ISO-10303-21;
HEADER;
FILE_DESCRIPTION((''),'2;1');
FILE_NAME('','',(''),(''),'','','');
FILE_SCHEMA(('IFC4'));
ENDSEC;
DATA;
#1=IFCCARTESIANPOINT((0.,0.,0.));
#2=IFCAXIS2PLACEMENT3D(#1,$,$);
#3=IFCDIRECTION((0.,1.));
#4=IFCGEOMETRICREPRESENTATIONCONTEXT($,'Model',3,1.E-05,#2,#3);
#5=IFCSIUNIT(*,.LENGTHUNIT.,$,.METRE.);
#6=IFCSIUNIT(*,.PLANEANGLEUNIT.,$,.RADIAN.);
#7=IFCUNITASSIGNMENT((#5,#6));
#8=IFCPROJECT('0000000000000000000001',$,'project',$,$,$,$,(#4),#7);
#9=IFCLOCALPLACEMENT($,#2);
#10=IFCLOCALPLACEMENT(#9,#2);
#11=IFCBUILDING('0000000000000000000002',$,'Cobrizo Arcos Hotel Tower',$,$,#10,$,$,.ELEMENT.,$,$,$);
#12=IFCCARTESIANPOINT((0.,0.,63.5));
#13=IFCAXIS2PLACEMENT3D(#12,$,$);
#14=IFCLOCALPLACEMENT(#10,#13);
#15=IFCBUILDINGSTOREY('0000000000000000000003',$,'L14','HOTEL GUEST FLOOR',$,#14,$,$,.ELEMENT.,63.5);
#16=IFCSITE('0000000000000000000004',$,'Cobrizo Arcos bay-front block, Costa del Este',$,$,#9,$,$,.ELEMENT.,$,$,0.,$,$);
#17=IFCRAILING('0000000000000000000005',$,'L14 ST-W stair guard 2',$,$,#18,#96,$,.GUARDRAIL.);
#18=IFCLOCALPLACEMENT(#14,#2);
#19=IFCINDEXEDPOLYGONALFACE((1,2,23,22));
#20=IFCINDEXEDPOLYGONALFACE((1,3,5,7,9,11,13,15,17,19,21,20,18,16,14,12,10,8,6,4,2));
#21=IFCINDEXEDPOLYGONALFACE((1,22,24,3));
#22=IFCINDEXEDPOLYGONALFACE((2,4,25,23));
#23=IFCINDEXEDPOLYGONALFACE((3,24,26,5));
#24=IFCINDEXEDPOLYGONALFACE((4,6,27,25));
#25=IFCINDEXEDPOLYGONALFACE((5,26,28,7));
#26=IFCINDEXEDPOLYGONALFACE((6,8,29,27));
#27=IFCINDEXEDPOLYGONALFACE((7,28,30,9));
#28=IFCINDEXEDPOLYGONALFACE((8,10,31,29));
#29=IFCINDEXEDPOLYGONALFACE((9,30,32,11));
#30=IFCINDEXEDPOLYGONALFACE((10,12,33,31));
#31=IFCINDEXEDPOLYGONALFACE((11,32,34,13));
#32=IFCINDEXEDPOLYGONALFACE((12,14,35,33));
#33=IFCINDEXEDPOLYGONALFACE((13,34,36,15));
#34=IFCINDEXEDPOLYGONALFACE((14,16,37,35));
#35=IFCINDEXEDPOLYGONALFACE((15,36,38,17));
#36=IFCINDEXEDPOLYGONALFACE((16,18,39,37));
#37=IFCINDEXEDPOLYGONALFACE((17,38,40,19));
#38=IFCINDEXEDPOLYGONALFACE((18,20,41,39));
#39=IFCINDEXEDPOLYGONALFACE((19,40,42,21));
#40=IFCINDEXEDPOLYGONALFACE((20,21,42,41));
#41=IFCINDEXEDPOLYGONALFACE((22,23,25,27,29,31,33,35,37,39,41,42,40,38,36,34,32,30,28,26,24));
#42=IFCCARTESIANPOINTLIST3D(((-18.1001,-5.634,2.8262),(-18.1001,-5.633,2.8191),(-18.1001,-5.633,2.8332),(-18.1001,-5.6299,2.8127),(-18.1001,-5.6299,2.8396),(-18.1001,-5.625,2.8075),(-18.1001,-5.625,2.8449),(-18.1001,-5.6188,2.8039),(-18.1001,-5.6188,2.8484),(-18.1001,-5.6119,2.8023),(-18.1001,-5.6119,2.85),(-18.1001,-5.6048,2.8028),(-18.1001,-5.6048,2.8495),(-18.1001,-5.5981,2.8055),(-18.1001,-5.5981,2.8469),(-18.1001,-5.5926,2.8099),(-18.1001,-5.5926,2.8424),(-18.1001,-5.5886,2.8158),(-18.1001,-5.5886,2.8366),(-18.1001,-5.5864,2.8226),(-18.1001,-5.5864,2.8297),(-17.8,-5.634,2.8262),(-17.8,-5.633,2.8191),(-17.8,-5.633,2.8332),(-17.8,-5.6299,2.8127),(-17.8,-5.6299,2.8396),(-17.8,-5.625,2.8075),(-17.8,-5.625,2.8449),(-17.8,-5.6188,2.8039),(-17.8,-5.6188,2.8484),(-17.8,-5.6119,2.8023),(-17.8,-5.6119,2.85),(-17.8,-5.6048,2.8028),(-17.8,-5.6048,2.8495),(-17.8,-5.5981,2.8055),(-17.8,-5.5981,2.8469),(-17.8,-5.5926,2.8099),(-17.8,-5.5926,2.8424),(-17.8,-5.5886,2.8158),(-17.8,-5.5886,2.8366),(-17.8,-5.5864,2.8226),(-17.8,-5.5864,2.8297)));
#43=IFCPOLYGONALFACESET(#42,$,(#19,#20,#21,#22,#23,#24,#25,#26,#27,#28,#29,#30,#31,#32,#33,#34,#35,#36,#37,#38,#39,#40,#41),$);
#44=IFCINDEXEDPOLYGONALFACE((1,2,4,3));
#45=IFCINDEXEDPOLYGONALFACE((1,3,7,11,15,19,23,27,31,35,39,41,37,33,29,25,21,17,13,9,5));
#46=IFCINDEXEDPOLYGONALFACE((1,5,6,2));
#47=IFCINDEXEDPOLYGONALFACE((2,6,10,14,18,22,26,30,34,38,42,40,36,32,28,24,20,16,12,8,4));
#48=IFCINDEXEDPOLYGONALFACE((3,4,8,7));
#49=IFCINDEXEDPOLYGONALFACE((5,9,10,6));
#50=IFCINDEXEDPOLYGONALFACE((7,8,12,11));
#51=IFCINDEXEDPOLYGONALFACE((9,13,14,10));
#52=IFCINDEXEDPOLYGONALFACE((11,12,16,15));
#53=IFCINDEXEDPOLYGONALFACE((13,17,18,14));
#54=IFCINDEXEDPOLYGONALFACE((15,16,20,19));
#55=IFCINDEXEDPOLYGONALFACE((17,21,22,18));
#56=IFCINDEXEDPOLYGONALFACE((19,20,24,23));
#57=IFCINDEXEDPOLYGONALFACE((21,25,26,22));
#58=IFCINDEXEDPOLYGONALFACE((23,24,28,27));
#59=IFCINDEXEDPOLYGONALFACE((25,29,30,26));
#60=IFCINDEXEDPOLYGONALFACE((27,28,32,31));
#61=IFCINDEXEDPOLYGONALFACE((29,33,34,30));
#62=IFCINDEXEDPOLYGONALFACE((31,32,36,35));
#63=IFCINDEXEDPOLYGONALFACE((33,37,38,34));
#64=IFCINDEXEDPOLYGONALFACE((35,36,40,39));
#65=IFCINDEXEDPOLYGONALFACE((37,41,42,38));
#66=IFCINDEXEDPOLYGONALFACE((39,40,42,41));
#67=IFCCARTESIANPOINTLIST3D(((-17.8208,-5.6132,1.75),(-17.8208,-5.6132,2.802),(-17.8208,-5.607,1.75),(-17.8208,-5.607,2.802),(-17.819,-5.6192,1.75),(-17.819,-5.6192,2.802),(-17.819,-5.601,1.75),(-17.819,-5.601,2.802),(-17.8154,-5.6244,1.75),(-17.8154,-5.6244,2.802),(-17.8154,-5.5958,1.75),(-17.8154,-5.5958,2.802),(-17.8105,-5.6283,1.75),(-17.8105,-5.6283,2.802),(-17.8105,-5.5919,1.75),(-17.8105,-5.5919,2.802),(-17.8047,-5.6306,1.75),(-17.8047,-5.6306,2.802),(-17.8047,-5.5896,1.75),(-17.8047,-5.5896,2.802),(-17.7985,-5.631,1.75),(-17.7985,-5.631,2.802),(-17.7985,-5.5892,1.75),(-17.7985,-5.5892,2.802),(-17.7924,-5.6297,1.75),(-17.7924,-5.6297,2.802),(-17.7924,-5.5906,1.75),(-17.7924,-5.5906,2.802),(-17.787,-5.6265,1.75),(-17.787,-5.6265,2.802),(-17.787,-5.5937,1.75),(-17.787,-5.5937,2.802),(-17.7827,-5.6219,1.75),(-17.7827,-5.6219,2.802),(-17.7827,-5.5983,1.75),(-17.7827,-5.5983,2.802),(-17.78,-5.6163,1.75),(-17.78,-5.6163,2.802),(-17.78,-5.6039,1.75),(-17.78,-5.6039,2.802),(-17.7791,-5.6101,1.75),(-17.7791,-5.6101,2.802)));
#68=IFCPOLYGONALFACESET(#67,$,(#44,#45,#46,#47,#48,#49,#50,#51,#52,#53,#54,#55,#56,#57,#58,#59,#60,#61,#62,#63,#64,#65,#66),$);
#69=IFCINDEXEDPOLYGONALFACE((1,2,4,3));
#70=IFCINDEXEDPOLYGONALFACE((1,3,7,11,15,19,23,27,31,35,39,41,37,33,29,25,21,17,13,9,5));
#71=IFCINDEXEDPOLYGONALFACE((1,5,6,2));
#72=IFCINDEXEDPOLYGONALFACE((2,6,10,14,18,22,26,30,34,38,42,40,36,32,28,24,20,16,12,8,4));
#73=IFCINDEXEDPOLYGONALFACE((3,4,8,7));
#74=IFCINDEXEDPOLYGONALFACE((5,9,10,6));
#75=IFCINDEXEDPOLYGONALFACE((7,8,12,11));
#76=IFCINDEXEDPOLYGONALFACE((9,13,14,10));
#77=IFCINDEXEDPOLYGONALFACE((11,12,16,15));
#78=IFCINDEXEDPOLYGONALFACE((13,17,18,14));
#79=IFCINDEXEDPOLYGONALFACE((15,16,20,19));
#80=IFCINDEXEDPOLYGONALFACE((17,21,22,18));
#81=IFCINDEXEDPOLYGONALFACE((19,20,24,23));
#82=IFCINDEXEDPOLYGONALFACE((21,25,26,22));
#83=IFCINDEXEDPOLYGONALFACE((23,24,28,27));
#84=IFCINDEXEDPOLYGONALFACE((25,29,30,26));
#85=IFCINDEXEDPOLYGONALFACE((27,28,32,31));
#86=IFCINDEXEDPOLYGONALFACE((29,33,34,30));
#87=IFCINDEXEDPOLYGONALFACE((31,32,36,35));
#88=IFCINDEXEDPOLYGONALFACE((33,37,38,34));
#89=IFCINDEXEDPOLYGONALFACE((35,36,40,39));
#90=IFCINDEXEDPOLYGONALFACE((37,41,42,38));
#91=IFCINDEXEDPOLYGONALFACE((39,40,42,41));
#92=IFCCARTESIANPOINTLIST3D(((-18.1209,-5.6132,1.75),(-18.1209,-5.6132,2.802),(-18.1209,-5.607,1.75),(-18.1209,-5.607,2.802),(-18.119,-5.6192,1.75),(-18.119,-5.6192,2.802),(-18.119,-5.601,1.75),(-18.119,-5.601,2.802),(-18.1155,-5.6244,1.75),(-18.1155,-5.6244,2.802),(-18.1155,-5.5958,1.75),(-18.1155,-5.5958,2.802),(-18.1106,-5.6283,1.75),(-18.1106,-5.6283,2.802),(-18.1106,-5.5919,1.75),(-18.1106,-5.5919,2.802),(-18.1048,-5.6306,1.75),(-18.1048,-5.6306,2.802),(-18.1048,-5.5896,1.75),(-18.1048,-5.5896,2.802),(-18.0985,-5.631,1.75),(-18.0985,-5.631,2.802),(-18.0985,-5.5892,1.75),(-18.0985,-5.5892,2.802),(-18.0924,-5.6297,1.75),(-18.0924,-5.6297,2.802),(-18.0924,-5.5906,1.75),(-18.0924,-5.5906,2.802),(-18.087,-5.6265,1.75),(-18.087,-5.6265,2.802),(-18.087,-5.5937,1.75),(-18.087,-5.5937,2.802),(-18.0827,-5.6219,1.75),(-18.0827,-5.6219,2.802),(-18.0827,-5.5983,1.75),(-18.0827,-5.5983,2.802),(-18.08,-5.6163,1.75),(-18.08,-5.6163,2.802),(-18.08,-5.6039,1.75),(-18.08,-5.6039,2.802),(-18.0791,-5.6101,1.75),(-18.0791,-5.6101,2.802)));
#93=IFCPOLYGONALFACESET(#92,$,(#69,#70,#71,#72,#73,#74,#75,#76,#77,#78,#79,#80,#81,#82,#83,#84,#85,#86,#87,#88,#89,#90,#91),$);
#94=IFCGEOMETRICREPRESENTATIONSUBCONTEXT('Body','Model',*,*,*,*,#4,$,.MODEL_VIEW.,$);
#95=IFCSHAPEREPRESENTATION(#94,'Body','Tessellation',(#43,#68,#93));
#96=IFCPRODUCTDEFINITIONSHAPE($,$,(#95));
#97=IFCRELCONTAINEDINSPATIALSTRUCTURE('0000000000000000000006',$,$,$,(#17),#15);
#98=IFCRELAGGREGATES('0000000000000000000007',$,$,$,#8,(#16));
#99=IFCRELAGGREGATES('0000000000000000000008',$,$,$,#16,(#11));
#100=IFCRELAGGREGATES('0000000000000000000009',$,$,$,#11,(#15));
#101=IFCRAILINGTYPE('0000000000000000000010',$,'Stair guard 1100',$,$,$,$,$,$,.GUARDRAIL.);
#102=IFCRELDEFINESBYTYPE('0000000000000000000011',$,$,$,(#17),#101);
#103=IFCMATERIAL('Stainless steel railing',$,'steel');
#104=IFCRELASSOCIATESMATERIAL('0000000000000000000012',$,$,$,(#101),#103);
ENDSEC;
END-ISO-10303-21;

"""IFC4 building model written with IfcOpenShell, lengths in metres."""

from ifc_helpers import new_model, si_unit, direction, frame, origin, origin_2d, place, context, subcontext, project, spatial, circle, extrude, material, type_object, element, save


model = new_model("IFC4")

# Units and contexts
model_context = context("Model", 3, precision=1e-05, world=origin(), true_north=direction((0.0, 1.0)))
body_context = subcontext(model_context, "Body", "Model", "MODEL_VIEW")
ifc_project = project(units=[si_unit("LENGTHUNIT", "METRE"), si_unit("PLANEANGLEUNIT", "RADIAN")], contexts=[model_context])

# Site, building, storey
site_placement = place(None, origin())
site = spatial("IfcSite", under=ifc_project, at=site_placement, Name="Cobrizo Arcos bay-front block, Costa del Este", CompositionType="ELEMENT", RefElevation=0.0)
building_placement = place(site_placement, origin())
building = spatial("IfcBuilding", under=site, at=building_placement, Name="Cobrizo Arcos Hotel Tower", CompositionType="ELEMENT")
storey_placement = place(building_placement, frame((0.0, 0.0, 63.5)))
storey = spatial("IfcBuildingStorey", under=building, at=storey_placement, Name="L14", Description="HOTEL GUEST FLOOR", CompositionType="ELEMENT", Elevation=63.5)

# Railing
ifc_material_1 = material(Name="Stainless steel railing", Category="steel")
railing_type_1 = type_object("IfcRailingType", Name="Stair guard 1100", PredefinedType="GUARDRAIL", material=ifc_material_1)
railing_1_placement = place(storey_placement, frame((-17.8, -5.6101, 1.75)))
element("IfcRailing", 1, at=railing_1_placement, inside=storey, type_object=railing_type_1, Name="L14 ST-W stair guard 2", PredefinedType="GUARDRAIL", context=body_context, shape_type="SweptSolid", body=[
    extrude(circle(Radius=0.0239, at=origin_2d()), frame((0.0, 0.0, 1.0762), z_axis=(-1.0, 0.0, 0.0), x_axis=(0.0, -1.0, 0.0)), (0.0, 0.0, 1.0), 0.3),
    extrude(circle(Radius=0.021, at=origin_2d()), origin(), (0.0, 0.0, 1.0), 1.052),
    extrude(circle(Radius=0.021, at=origin_2d()), frame((-0.3, 0.0, 0.0)), (0.0, 0.0, 1.0), 1.052),
])

save(model, "model.ifc")
